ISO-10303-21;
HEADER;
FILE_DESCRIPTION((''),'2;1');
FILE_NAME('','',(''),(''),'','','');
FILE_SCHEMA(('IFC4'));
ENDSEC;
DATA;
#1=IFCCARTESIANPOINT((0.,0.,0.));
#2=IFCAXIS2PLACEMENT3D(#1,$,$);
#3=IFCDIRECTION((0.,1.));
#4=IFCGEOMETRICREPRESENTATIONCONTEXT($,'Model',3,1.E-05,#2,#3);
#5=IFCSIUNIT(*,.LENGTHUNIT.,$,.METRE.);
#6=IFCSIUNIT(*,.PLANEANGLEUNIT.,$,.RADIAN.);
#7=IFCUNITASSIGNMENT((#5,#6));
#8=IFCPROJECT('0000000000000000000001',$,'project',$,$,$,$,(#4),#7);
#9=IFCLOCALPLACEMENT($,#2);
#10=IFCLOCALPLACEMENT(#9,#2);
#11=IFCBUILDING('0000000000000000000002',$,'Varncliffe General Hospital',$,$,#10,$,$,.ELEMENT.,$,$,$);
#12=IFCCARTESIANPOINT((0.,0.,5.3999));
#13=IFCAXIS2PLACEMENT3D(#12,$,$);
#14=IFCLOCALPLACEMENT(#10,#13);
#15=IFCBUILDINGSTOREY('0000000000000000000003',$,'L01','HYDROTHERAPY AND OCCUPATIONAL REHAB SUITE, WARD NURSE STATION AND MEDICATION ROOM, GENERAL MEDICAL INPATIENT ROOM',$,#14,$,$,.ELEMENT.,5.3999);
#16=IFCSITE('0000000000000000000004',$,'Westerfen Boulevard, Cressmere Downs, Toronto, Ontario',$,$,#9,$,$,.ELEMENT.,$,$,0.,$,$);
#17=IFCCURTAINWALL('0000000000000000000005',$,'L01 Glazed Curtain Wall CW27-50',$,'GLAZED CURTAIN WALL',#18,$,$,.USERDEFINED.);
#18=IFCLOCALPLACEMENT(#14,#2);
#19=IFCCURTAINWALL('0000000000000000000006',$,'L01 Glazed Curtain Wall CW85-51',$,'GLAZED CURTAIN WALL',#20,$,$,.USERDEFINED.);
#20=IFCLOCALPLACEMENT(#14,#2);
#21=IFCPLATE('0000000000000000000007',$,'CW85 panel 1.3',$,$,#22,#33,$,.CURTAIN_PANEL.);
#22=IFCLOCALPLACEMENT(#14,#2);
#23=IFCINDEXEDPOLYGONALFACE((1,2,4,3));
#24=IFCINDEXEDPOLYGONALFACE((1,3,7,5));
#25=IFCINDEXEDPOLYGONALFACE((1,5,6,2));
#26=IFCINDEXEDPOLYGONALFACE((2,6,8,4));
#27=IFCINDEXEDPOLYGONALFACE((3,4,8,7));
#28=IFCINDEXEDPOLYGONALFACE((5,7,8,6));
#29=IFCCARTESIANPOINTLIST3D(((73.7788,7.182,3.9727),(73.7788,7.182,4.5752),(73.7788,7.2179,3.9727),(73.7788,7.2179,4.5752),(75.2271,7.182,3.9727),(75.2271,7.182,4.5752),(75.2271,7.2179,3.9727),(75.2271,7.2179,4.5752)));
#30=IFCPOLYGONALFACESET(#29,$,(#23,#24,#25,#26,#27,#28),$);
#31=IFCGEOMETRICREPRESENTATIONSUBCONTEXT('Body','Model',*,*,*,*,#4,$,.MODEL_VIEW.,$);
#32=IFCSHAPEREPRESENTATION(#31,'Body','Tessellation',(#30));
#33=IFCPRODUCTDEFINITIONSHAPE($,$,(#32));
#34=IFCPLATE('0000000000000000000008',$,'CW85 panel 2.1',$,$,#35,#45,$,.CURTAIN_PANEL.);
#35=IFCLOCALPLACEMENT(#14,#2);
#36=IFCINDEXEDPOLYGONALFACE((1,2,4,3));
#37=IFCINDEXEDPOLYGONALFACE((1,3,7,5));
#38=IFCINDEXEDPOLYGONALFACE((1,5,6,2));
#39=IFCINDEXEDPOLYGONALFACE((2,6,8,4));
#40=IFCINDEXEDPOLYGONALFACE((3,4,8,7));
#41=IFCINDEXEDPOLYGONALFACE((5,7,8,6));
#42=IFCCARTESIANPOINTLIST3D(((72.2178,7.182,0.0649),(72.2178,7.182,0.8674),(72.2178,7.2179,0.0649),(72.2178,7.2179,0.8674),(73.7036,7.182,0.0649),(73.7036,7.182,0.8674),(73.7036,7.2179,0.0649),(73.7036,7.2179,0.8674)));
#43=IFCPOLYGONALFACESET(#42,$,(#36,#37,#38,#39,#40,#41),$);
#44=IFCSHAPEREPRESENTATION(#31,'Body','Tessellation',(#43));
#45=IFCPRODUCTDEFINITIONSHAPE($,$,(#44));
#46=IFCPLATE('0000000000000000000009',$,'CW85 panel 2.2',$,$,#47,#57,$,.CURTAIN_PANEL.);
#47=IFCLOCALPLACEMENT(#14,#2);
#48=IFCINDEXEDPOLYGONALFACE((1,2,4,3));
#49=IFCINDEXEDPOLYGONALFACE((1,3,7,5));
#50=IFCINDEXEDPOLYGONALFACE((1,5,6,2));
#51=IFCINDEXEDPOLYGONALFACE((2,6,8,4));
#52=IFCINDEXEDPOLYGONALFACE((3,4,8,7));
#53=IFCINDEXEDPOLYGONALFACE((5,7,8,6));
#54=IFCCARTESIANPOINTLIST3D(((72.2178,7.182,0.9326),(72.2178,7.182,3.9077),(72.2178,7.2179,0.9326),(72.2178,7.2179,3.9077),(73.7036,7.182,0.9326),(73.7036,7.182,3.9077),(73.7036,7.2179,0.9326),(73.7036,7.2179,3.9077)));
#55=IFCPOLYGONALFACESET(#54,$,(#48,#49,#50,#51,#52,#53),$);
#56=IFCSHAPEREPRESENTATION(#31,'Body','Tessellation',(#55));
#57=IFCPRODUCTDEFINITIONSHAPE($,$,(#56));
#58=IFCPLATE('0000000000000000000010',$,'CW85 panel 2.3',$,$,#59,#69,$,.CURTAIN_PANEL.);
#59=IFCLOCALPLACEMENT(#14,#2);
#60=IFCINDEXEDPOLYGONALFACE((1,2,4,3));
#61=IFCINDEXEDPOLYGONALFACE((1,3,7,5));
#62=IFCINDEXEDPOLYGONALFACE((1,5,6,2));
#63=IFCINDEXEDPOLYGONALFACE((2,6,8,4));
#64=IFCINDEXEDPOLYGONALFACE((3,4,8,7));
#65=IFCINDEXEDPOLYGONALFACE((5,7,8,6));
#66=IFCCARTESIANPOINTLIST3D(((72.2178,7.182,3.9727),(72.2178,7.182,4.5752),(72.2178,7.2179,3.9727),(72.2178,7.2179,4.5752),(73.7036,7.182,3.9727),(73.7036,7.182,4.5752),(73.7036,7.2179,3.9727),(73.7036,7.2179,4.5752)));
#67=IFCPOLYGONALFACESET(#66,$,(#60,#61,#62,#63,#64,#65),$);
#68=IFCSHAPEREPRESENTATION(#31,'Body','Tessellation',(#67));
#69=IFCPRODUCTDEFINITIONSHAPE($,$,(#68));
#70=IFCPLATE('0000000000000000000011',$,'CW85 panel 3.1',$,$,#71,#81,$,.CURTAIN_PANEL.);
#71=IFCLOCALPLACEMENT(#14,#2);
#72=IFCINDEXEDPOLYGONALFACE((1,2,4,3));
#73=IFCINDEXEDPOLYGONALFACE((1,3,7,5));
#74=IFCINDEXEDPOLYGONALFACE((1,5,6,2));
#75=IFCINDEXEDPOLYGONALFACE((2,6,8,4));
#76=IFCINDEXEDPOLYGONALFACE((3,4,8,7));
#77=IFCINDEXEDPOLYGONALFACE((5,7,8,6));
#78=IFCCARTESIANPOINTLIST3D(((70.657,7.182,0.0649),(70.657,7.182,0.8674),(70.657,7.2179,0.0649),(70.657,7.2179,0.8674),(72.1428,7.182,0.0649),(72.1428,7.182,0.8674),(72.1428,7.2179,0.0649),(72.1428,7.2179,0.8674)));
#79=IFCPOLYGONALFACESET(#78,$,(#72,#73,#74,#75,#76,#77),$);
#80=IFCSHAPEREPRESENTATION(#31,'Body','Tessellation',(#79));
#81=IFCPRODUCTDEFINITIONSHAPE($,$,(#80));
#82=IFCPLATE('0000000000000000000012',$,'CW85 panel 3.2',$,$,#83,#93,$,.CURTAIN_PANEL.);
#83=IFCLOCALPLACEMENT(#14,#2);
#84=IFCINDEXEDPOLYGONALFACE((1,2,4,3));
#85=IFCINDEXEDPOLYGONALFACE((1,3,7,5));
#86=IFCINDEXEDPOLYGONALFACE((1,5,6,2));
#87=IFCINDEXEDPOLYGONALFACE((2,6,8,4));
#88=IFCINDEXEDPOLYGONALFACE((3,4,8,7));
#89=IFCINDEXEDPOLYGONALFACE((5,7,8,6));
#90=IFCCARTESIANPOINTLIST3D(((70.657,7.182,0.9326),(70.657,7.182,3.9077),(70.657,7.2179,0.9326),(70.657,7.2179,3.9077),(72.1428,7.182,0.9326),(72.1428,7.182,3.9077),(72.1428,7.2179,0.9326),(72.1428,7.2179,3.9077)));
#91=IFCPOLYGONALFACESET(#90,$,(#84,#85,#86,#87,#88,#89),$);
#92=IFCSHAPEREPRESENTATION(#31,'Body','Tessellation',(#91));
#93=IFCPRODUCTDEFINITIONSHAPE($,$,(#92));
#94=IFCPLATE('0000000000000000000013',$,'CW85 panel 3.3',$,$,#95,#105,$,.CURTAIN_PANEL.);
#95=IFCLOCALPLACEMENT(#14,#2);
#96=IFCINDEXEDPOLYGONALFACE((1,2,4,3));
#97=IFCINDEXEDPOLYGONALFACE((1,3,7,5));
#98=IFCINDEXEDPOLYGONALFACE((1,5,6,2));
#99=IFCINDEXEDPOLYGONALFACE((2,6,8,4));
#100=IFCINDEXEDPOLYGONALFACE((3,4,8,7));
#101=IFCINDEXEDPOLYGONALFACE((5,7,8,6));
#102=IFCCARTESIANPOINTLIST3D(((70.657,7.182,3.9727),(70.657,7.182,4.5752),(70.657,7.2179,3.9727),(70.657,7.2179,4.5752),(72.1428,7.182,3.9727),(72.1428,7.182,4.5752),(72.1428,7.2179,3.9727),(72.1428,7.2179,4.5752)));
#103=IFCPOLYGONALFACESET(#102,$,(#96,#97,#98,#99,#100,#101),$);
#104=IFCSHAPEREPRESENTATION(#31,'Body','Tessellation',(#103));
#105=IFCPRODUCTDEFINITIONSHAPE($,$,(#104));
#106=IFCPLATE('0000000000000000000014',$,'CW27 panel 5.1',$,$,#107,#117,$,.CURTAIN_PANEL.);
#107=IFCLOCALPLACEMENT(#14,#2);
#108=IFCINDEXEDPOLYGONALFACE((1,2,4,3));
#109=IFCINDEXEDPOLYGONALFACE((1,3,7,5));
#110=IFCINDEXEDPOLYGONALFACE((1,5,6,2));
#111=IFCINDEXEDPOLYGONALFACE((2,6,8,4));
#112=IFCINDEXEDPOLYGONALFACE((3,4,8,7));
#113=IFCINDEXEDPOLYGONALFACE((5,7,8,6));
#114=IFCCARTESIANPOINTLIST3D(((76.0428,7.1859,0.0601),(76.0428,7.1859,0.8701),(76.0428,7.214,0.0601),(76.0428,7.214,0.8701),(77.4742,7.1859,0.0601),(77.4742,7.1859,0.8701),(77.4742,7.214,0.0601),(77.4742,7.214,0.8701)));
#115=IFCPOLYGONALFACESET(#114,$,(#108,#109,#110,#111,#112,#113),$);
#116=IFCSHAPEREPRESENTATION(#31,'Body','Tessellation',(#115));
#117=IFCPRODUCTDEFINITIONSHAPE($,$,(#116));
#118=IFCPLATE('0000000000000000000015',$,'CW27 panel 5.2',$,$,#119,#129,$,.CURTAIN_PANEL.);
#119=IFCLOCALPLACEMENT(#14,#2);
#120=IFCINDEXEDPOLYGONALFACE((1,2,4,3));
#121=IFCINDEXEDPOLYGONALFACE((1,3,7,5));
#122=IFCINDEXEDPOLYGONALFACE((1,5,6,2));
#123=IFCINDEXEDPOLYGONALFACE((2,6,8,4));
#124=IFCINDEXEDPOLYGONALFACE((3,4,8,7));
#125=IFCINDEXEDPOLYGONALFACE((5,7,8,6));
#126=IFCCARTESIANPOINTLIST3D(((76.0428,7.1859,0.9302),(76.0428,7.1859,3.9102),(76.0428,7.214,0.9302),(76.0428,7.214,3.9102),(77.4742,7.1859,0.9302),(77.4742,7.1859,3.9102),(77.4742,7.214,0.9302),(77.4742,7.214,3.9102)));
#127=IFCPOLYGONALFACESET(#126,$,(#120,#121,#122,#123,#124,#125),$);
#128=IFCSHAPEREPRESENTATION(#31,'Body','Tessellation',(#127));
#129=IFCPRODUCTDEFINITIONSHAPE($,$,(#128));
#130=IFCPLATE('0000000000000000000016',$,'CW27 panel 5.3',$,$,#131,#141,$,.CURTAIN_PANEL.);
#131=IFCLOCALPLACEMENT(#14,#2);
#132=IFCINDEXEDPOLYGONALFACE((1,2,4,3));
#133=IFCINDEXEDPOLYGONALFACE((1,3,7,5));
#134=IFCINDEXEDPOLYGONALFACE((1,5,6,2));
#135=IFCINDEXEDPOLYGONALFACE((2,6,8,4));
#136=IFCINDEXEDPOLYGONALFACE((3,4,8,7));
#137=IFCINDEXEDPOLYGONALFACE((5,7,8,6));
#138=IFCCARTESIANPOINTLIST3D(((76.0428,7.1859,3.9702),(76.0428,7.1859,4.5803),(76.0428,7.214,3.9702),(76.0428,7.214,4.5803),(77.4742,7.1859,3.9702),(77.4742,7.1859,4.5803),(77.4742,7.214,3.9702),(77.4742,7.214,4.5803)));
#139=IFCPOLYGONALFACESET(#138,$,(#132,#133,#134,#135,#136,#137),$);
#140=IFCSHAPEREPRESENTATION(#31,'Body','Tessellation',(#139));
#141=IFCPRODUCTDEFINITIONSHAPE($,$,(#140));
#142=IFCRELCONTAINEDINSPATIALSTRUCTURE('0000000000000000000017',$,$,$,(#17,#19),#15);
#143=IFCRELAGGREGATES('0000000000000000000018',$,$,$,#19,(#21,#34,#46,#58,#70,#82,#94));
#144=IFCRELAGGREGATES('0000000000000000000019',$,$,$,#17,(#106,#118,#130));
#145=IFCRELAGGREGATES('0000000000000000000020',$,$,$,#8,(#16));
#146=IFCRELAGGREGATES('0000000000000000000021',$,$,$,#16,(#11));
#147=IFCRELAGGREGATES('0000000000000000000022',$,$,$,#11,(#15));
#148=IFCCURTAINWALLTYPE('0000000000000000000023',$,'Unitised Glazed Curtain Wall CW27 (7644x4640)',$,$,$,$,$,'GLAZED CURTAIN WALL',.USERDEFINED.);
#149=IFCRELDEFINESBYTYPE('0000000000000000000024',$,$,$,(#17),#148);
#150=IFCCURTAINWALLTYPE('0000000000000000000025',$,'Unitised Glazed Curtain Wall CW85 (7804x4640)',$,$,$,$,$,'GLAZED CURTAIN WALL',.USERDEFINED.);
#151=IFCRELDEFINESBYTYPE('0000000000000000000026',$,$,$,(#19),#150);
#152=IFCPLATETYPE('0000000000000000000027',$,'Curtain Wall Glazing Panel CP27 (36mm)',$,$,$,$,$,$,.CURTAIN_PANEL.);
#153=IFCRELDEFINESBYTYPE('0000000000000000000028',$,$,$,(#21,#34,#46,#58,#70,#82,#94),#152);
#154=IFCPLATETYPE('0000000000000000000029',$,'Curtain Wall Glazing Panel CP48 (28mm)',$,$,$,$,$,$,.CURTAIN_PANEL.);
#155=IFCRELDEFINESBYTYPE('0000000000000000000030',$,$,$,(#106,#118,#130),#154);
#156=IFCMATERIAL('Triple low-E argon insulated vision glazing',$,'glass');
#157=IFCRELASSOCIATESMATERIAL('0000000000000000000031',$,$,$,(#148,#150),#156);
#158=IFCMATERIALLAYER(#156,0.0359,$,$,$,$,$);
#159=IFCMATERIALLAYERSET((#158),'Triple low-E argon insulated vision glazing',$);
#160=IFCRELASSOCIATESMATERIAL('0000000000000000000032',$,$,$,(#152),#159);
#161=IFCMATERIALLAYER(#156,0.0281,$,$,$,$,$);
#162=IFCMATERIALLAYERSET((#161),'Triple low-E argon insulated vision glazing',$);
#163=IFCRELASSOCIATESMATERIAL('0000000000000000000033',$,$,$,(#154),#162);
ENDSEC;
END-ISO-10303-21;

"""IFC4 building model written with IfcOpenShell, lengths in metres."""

from ifc_helpers import new_model, si_unit, direction, frame, origin, origin_2d, place, context, subcontext, project, spatial, rectangle, extrude, material, layer, layer_set, type_object, element, aggregate, save


model = new_model("IFC4")

# Units and contexts
model_context = context("Model", 3, precision=1e-05, world=origin(), true_north=direction((0.0, 1.0)))
body_context = subcontext(model_context, "Body", "Model", "MODEL_VIEW")
ifc_project = project(units=[si_unit("LENGTHUNIT", "METRE"), si_unit("PLANEANGLEUNIT", "RADIAN")], contexts=[model_context])

# Site, building, storey
site_placement = place(None, origin())
site = spatial("IfcSite", under=ifc_project, at=site_placement, Name="Westerfen Boulevard, Cressmere Downs, Toronto, Ontario", CompositionType="ELEMENT", RefElevation=0.0)
building_placement = place(site_placement, origin())
building = spatial("IfcBuilding", under=site, at=building_placement, Name="Varncliffe General Hospital", CompositionType="ELEMENT")
storey_placement = place(building_placement, frame((0.0, 0.0, 5.3999)))
storey = spatial("IfcBuildingStorey", under=building, at=storey_placement, Name="L01", Description="HYDROTHERAPY AND OCCUPATIONAL REHAB SUITE, WARD NURSE STATION AND MEDICATION ROOM, GENERAL MEDICAL INPATIENT ROOM", CompositionType="ELEMENT", Elevation=5.3999)

# Curtain walls
ifc_material_1 = material(Name="Triple low-E argon insulated vision glazing", Category="glass")
curtain_wall_type_1 = type_object("IfcCurtainWallType", Name="Unitised Glazed Curtain Wall CW27 (7644x4640)", ElementType="GLAZED CURTAIN WALL", PredefinedType="USERDEFINED", material=ifc_material_1)
curtain_wall_1_placement = place(storey_placement, origin())
curtain_wall_1 = element("IfcCurtainWall", 1, at=curtain_wall_1_placement, inside=storey, type_object=curtain_wall_type_1, Name="L01 Glazed Curtain Wall CW27-50", ObjectType="GLAZED CURTAIN WALL", PredefinedType="USERDEFINED")
curtain_wall_type_2 = type_object("IfcCurtainWallType", Name="Unitised Glazed Curtain Wall CW85 (7804x4640)", ElementType="GLAZED CURTAIN WALL", PredefinedType="USERDEFINED", material=ifc_material_1)
curtain_wall_2_placement = place(storey_placement, origin())
curtain_wall_2 = element("IfcCurtainWall", 2, at=curtain_wall_2_placement, inside=storey, type_object=curtain_wall_type_2, Name="L01 Glazed Curtain Wall CW85-51", ObjectType="GLAZED CURTAIN WALL", PredefinedType="USERDEFINED")

# Plates
ifc_layer_1 = layer(ifc_material_1, 0.0359)
ifc_layer_set_1 = layer_set([ifc_layer_1], Name="Triple low-E argon insulated vision glazing")
plate_type_1 = type_object("IfcPlateType", Name="Curtain Wall Glazing Panel CP27 (36mm)", PredefinedType="CURTAIN_PANEL", material=ifc_layer_set_1)
plate_1_placement = place(storey_placement, frame((74.5029, 7.2, 3.9727), z_axis=(0.0, 0.0, 1.0), x_axis=(-1.0, 0.0, 0.0)))
plate_1 = element("IfcPlate", 3, at=plate_1_placement, type_object=plate_type_1, Name="CW85 panel 1.3", PredefinedType="CURTAIN_PANEL", context=body_context, shape_type="SweptSolid", body=[
    extrude(rectangle(XDim=1.4482, YDim=0.0359, at=origin_2d()), origin(), (0.0, 0.0, 1.0), 0.6025),
])
plate_2_placement = place(storey_placement, frame((72.9607, 7.2, 0.0649), z_axis=(0.0, 0.0, 1.0), x_axis=(-1.0, 0.0, 0.0)))
plate_2 = element("IfcPlate", 4, at=plate_2_placement, type_object=plate_type_1, Name="CW85 panel 2.1", PredefinedType="CURTAIN_PANEL", context=body_context, shape_type="SweptSolid", body=[
    extrude(rectangle(XDim=1.4858, YDim=0.0359, at=origin_2d()), origin(), (0.0, 0.0, 1.0), 0.8025),
])
plate_3_placement = place(storey_placement, frame((72.9607, 7.2, 0.9326), z_axis=(0.0, 0.0, 1.0), x_axis=(-1.0, 0.0, 0.0)))
plate_3 = element("IfcPlate", 5, at=plate_3_placement, type_object=plate_type_1, Name="CW85 panel 2.2", PredefinedType="CURTAIN_PANEL", context=body_context, shape_type="SweptSolid", body=[
    extrude(rectangle(XDim=1.4858, YDim=0.0359, at=origin_2d()), origin(), (0.0, 0.0, 1.0), 2.9751),
])
plate_4_placement = place(storey_placement, frame((72.9607, 7.2, 3.9727), z_axis=(0.0, 0.0, 1.0), x_axis=(-1.0, 0.0, 0.0)))
plate_4 = element("IfcPlate", 6, at=plate_4_placement, type_object=plate_type_1, Name="CW85 panel 2.3", PredefinedType="CURTAIN_PANEL", context=body_context, shape_type="SweptSolid", body=[
    extrude(rectangle(XDim=1.4858, YDim=0.0359, at=origin_2d()), origin(), (0.0, 0.0, 1.0), 0.6025),
])
plate_5_placement = place(storey_placement, frame((71.3999, 7.2, 0.0649), z_axis=(0.0, 0.0, 1.0), x_axis=(-1.0, 0.0, 0.0)))
plate_5 = element("IfcPlate", 7, at=plate_5_placement, type_object=plate_type_1, Name="CW85 panel 3.1", PredefinedType="CURTAIN_PANEL", context=body_context, shape_type="SweptSolid", body=[
    extrude(rectangle(XDim=1.4858, YDim=0.0359, at=origin_2d()), origin(), (0.0, 0.0, 1.0), 0.8025),
])
plate_6_placement = place(storey_placement, frame((71.3999, 7.2, 0.9326), z_axis=(0.0, 0.0, 1.0), x_axis=(-1.0, 0.0, 0.0)))
plate_6 = element("IfcPlate", 8, at=plate_6_placement, type_object=plate_type_1, Name="CW85 panel 3.2", PredefinedType="CURTAIN_PANEL", context=body_context, shape_type="SweptSolid", body=[
    extrude(rectangle(XDim=1.4858, YDim=0.0359, at=origin_2d()), origin(), (0.0, 0.0, 1.0), 2.9751),
])
plate_7_placement = place(storey_placement, frame((71.3999, 7.2, 3.9727), z_axis=(0.0, 0.0, 1.0), x_axis=(-1.0, 0.0, 0.0)))
plate_7 = element("IfcPlate", 9, at=plate_7_placement, type_object=plate_type_1, Name="CW85 panel 3.3", PredefinedType="CURTAIN_PANEL", context=body_context, shape_type="SweptSolid", body=[
    extrude(rectangle(XDim=1.4858, YDim=0.0359, at=origin_2d()), origin(), (0.0, 0.0, 1.0), 0.6025),
])
aggregate(curtain_wall_2, [plate_1, plate_2, plate_3, plate_4, plate_5, plate_6, plate_7])
ifc_layer_2 = layer(ifc_material_1, 0.0281)
ifc_layer_set_2 = layer_set([ifc_layer_2], Name="Triple low-E argon insulated vision glazing")
plate_type_2 = type_object("IfcPlateType", Name="Curtain Wall Glazing Panel CP48 (28mm)", PredefinedType="CURTAIN_PANEL", material=ifc_layer_set_2)
plate_8_placement = place(storey_placement, frame((76.7585, 7.2, 0.0601), z_axis=(0.0, 0.0, 1.0), x_axis=(-1.0, 0.0, 0.0)))
plate_8 = element("IfcPlate", 10, at=plate_8_placement, type_object=plate_type_2, Name="CW27 panel 5.1", PredefinedType="CURTAIN_PANEL", context=body_context, shape_type="SweptSolid", body=[
    extrude(rectangle(XDim=1.4314, YDim=0.0281, at=origin_2d()), origin(), (0.0, 0.0, 1.0), 0.8101),
])
plate_9_placement = place(storey_placement, frame((76.7585, 7.2, 0.9302), z_axis=(0.0, 0.0, 1.0), x_axis=(-1.0, 0.0, 0.0)))
plate_9 = element("IfcPlate", 11, at=plate_9_placement, type_object=plate_type_2, Name="CW27 panel 5.2", PredefinedType="CURTAIN_PANEL", context=body_context, shape_type="SweptSolid", body=[
    extrude(rectangle(XDim=1.4314, YDim=0.0281, at=origin_2d()), origin(), (0.0, 0.0, 1.0), 2.98),
])
plate_10_placement = place(storey_placement, frame((76.7585, 7.2, 3.9702), z_axis=(0.0, 0.0, 1.0), x_axis=(-1.0, 0.0, 0.0)))
plate_10 = element("IfcPlate", 12, at=plate_10_placement, type_object=plate_type_2, Name="CW27 panel 5.3", PredefinedType="CURTAIN_PANEL", context=body_context, shape_type="SweptSolid", body=[
    extrude(rectangle(XDim=1.4314, YDim=0.0281, at=origin_2d()), origin(), (0.0, 0.0, 1.0), 0.6101),
])
aggregate(curtain_wall_1, [plate_8, plate_9, plate_10])

save(model, "model.ifc")
